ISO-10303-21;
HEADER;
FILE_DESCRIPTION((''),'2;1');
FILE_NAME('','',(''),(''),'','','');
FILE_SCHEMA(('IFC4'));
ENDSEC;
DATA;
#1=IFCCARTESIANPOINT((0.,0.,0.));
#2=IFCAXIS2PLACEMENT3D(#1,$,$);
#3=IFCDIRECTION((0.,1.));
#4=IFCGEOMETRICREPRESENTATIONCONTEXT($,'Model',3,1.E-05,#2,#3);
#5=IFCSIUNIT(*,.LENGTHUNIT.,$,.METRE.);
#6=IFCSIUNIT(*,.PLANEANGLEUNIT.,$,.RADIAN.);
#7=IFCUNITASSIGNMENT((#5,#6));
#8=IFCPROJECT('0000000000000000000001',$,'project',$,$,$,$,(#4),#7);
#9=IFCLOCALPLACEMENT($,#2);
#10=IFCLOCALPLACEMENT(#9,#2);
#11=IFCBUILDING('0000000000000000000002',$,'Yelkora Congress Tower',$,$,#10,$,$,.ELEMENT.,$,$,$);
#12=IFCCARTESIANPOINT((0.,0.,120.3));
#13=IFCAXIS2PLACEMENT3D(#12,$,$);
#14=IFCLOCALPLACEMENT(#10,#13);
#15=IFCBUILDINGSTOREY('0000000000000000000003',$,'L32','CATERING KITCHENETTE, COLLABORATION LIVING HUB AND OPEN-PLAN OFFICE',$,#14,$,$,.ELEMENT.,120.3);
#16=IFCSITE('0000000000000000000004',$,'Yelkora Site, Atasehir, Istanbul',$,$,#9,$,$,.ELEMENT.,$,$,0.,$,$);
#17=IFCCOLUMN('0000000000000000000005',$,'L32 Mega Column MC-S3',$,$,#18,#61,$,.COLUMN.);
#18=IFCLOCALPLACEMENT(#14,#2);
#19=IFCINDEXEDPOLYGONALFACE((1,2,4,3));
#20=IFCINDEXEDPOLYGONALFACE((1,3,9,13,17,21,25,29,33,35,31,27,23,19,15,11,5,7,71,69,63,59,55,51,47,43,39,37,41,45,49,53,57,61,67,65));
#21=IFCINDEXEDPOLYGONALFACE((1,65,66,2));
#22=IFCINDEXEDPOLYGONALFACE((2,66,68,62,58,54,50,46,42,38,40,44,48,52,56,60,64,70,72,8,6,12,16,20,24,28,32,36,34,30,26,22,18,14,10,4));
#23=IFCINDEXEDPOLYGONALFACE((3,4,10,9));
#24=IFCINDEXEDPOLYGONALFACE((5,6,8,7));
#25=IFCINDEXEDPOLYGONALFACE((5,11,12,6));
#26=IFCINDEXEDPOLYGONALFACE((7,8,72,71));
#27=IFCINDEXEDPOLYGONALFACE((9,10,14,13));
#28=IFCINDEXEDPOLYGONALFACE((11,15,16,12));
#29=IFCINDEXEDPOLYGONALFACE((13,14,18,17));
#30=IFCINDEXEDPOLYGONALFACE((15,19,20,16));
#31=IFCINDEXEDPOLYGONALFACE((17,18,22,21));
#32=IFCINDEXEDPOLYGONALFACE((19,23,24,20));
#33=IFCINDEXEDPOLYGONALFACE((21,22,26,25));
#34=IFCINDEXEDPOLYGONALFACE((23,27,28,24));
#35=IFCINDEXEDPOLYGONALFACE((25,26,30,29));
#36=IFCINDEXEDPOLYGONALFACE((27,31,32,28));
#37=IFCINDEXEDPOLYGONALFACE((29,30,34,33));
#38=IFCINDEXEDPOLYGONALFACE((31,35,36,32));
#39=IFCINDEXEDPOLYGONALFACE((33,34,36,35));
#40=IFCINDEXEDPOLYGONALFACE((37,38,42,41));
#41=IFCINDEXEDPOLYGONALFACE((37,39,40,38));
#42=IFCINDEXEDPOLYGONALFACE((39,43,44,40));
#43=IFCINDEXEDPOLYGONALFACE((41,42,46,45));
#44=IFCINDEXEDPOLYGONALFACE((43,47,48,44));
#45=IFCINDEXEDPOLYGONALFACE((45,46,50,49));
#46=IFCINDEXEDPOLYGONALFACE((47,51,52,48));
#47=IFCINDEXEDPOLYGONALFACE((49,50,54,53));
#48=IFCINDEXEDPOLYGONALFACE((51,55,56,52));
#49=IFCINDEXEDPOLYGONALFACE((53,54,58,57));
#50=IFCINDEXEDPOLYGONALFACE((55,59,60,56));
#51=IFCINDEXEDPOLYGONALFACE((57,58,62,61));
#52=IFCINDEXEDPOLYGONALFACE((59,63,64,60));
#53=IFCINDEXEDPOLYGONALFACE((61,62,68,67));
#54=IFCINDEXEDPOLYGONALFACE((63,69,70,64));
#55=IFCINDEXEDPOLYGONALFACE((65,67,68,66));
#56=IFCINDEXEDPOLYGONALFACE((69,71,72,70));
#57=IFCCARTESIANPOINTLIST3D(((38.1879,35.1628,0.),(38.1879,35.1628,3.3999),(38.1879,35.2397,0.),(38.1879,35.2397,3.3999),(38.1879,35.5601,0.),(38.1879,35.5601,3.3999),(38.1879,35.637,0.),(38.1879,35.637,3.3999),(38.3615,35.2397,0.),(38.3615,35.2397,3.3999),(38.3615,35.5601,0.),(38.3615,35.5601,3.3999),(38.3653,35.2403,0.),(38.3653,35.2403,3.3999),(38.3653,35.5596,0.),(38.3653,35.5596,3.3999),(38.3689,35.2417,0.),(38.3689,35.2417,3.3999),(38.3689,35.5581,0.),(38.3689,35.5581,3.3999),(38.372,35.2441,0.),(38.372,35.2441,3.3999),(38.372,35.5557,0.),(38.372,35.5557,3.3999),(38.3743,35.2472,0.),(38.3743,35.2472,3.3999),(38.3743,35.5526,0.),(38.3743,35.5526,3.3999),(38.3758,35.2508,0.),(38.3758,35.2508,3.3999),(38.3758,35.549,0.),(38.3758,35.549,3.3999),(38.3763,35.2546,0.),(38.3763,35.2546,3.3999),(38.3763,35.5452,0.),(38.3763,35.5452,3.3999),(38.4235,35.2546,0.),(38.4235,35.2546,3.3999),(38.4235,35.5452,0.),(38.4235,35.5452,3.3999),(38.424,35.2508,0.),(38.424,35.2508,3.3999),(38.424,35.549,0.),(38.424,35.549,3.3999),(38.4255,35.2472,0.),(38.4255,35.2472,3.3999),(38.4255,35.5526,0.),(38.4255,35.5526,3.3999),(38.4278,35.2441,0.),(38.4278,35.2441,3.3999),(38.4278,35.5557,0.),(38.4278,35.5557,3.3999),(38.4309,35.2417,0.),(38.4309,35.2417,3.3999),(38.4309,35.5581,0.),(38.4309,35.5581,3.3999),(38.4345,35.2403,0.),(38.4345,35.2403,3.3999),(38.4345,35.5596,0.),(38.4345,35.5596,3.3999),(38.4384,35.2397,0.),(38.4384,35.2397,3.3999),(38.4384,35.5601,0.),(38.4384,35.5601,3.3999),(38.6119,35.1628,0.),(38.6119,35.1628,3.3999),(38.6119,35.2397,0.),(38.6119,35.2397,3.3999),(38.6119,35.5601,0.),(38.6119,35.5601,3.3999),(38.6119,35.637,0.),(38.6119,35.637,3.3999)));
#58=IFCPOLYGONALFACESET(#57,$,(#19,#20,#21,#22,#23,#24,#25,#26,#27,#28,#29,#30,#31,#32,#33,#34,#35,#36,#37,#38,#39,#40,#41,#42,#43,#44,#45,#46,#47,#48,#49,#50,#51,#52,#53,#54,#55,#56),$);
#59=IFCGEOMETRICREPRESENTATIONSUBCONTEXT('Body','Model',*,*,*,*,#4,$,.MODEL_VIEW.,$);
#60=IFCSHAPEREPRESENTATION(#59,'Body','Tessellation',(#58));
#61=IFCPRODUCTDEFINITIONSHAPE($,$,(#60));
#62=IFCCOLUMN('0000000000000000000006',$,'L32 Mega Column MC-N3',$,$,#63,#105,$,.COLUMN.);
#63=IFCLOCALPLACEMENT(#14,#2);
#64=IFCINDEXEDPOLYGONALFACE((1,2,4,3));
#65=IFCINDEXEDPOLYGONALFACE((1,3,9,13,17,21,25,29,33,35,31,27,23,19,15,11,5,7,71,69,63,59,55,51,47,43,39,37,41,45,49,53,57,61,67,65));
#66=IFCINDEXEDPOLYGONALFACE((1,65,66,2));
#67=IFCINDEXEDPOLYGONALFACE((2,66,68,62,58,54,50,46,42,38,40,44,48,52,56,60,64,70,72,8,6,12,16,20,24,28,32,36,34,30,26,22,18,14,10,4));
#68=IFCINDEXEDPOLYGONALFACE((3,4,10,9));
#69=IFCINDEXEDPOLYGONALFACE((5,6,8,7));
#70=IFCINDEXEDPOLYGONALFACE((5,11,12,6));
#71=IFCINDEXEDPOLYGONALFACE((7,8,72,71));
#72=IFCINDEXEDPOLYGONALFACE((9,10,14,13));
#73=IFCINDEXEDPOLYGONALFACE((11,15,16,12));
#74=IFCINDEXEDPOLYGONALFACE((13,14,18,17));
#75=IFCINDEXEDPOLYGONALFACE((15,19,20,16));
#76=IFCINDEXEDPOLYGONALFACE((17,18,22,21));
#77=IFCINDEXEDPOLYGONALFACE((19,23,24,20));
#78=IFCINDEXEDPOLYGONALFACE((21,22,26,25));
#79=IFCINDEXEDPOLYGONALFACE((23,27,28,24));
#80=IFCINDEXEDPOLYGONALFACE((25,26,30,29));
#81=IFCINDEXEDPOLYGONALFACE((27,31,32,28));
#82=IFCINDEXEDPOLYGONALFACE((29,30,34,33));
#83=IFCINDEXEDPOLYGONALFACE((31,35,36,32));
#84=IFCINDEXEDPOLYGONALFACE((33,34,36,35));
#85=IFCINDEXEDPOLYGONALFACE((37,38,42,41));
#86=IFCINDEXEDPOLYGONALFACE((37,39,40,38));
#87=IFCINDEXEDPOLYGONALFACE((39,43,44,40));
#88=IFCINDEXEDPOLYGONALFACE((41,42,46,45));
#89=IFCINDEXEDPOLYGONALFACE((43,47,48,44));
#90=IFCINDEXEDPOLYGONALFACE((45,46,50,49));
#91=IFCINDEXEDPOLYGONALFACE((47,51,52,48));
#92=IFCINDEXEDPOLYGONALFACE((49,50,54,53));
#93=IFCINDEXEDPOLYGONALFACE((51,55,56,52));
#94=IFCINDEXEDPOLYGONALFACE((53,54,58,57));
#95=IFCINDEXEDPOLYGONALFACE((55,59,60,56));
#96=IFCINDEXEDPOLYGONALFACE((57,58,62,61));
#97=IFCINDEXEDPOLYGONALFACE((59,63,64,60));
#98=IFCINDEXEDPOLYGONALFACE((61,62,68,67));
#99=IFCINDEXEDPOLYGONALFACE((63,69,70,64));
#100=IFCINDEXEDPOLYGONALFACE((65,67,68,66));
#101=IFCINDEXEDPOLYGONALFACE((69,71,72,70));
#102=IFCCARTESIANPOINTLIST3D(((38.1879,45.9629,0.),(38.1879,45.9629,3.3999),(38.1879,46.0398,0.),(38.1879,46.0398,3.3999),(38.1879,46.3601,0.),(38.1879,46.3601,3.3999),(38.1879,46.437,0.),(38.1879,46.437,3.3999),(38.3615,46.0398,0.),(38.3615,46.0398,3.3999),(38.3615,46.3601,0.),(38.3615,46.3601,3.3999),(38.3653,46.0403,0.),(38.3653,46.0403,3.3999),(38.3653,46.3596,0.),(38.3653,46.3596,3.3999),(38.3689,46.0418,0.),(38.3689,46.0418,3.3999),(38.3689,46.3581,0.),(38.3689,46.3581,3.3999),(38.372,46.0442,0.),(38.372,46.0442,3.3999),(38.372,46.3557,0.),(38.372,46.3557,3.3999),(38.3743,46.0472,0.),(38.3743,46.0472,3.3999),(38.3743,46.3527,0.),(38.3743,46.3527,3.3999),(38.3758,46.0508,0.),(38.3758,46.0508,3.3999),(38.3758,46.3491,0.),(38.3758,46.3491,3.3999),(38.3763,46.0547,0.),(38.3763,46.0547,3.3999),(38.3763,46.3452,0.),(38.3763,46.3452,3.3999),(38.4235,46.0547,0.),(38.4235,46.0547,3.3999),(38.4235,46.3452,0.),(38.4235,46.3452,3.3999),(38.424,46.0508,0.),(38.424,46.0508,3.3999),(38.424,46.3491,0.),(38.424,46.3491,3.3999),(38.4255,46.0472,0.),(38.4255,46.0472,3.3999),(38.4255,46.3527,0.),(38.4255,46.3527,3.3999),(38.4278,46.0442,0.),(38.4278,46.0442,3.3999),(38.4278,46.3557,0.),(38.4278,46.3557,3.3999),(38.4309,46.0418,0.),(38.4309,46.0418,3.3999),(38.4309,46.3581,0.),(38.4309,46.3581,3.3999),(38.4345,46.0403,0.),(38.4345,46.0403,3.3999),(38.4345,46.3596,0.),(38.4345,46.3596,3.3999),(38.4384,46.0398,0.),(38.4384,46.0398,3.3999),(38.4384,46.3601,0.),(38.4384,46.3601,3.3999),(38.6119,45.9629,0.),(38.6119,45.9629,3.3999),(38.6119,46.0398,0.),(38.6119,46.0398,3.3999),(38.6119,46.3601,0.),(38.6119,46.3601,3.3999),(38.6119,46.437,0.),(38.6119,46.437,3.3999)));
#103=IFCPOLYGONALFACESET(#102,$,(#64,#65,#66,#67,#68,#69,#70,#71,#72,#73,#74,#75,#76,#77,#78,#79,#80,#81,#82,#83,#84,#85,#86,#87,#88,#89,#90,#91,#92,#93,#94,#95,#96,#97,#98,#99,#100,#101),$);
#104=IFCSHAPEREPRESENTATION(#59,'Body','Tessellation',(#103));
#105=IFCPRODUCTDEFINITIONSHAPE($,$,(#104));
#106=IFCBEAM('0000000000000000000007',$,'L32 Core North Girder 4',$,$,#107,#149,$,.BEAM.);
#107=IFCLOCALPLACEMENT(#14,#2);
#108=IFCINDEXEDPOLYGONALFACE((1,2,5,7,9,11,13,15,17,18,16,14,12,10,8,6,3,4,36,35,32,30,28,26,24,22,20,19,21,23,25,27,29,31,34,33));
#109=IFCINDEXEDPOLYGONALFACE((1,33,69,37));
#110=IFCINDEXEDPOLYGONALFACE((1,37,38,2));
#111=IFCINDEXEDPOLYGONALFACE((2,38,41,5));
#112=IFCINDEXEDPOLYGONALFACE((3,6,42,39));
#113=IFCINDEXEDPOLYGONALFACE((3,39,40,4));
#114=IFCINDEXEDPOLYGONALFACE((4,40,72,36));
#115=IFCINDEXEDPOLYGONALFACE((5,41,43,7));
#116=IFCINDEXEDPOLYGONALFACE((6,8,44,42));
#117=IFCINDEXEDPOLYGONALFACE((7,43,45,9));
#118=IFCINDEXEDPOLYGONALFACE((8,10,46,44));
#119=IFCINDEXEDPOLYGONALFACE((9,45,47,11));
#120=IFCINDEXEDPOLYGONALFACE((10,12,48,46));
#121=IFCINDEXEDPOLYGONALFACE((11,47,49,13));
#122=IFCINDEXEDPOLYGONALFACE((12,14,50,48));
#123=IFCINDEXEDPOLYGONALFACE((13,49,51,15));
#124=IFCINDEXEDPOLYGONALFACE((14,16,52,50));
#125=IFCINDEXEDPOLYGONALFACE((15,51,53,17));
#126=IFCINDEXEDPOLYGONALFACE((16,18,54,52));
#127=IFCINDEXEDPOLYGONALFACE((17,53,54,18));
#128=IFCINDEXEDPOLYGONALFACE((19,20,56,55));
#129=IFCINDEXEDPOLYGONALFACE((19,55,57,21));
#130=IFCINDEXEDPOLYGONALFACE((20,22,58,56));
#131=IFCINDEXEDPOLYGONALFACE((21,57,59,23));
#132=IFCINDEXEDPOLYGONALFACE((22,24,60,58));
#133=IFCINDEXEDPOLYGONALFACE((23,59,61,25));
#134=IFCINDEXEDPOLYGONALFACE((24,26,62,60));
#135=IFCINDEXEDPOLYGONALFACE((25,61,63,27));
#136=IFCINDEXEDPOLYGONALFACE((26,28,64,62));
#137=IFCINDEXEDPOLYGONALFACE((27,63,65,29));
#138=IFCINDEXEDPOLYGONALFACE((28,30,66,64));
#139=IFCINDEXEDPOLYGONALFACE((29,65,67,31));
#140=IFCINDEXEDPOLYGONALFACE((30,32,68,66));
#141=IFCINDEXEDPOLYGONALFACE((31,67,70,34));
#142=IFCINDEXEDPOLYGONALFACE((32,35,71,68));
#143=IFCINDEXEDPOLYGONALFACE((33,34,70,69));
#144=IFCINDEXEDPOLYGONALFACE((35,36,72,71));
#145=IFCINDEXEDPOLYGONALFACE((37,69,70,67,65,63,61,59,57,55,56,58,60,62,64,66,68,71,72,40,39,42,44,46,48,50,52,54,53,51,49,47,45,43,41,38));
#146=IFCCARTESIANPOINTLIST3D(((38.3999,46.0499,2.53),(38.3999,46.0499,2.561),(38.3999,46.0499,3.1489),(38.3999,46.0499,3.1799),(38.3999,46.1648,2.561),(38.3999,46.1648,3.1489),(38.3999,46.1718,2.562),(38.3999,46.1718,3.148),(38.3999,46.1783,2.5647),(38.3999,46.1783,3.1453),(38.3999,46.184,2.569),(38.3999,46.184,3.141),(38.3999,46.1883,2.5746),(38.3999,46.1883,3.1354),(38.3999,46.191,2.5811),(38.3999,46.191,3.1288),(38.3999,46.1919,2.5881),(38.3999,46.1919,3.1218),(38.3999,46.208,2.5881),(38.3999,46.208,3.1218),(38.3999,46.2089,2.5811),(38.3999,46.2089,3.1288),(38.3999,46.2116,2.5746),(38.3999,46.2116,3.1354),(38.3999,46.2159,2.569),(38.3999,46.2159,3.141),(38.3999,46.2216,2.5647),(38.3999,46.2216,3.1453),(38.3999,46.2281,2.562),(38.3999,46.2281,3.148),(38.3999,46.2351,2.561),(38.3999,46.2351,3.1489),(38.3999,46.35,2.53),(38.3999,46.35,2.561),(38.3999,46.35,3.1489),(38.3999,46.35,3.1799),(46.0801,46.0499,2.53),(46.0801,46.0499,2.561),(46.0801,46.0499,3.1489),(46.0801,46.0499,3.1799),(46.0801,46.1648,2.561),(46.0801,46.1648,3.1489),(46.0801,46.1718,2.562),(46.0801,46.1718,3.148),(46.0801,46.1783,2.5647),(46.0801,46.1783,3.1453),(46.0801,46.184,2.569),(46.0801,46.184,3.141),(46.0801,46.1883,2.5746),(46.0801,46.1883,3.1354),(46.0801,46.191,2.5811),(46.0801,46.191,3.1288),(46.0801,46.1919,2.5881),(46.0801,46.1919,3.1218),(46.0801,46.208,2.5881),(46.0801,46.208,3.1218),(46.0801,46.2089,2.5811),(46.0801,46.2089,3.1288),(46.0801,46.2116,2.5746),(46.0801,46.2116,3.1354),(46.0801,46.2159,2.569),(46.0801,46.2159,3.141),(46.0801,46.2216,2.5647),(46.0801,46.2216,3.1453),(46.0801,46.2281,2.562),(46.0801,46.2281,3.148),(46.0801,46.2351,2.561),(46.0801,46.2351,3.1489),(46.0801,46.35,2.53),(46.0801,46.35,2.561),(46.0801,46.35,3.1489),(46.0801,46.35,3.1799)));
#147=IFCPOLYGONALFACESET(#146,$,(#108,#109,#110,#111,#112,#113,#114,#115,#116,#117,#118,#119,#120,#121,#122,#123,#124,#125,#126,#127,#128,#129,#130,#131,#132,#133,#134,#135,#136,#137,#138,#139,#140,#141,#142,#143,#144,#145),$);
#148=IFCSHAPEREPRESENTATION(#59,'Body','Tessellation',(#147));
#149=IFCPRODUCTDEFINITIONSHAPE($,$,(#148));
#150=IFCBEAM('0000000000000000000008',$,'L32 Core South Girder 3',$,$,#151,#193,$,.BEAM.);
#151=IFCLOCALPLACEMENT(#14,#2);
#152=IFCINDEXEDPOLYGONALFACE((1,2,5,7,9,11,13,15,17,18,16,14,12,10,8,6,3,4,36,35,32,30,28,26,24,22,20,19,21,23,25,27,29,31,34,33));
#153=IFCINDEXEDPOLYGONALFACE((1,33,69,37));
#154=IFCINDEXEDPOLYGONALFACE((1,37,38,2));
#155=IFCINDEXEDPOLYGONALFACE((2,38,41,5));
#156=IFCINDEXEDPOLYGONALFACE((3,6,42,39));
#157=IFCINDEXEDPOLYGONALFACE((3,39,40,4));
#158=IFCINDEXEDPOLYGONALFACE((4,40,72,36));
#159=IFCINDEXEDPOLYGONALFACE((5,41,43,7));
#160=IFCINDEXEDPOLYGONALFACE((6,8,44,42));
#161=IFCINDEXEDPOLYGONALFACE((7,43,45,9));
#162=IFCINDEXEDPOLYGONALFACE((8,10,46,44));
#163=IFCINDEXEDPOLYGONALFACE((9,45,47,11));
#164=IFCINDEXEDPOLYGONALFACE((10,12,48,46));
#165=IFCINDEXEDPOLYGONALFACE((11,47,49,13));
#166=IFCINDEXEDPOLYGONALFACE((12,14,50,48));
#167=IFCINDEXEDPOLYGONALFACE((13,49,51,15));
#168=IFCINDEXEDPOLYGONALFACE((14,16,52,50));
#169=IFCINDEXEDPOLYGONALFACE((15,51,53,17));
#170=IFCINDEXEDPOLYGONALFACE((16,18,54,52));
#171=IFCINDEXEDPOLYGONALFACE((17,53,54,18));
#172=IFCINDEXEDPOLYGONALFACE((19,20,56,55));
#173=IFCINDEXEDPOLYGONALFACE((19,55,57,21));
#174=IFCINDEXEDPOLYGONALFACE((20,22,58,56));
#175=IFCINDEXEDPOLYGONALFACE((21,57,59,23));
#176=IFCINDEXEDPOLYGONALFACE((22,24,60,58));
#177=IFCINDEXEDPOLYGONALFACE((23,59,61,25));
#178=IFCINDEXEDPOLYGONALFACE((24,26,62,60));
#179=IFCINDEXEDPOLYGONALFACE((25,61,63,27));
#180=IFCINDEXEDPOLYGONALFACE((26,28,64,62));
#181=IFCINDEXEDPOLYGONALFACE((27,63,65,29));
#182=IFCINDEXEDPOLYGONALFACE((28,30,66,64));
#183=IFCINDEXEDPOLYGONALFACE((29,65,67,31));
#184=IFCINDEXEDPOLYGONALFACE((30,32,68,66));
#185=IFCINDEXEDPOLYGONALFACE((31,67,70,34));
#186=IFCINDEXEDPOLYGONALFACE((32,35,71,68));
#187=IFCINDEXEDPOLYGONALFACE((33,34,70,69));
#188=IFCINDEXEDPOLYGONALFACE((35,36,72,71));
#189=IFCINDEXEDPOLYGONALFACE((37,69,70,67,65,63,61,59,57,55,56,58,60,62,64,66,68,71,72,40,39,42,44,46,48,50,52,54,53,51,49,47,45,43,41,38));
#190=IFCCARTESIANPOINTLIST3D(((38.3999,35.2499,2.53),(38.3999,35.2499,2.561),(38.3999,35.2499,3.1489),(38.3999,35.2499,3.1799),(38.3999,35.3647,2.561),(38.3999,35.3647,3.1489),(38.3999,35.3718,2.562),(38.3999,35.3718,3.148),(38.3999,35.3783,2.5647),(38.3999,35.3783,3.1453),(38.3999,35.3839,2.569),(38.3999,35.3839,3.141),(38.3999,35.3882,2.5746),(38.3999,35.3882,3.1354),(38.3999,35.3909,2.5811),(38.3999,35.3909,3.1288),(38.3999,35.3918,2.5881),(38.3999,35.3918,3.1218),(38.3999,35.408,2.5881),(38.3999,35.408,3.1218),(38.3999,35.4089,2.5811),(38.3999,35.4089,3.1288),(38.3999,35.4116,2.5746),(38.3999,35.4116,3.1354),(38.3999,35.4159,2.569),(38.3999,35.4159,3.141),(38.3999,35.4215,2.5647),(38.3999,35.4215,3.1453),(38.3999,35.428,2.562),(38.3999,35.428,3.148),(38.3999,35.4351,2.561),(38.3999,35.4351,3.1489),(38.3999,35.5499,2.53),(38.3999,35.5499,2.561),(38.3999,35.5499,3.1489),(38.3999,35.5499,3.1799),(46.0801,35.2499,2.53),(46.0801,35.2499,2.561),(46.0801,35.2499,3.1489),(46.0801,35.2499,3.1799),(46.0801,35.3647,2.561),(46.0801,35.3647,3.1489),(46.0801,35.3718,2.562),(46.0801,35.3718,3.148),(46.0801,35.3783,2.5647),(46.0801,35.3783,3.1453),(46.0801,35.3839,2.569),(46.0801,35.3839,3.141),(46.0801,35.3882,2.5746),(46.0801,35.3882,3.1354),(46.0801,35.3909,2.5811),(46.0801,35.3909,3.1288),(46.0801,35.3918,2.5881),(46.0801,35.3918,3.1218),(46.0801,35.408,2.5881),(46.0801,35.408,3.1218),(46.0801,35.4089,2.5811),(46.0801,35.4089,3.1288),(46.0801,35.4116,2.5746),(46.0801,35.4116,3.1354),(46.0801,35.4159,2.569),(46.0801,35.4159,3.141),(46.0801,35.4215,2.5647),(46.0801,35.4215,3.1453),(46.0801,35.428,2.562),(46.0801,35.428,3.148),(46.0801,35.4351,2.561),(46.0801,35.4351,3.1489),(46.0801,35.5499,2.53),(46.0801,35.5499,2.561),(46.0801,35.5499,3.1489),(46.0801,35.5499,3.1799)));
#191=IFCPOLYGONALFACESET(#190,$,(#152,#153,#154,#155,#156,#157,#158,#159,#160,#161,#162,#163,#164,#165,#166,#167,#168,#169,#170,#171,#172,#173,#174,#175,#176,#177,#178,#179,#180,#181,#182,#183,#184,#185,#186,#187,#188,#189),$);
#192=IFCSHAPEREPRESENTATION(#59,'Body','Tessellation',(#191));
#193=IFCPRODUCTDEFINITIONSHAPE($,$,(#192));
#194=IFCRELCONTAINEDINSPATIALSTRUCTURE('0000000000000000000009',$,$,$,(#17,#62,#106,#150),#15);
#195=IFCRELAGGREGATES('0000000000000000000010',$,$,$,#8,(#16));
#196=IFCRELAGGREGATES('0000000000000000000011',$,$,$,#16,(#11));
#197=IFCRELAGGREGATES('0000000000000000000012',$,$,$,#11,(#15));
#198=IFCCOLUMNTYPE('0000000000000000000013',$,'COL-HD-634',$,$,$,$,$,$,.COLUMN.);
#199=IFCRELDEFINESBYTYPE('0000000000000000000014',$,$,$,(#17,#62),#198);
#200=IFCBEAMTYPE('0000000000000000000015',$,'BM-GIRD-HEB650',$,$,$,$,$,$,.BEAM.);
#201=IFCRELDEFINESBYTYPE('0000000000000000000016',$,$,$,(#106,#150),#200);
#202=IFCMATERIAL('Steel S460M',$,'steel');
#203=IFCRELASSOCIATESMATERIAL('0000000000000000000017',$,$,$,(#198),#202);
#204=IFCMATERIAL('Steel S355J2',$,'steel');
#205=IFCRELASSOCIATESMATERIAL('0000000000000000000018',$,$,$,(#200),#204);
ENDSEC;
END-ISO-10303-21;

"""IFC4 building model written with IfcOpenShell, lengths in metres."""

from ifc_helpers import new_model, si_unit, direction, frame, origin, origin_2d, place, context, subcontext, project, spatial, i_section, extrude, material, material_profile, profile_set, type_object, element, save


model = new_model("IFC4")

# Units and contexts
model_context = context("Model", 3, precision=1e-05, world=origin(), true_north=direction((0.0, 1.0)))
body_context = subcontext(model_context, "Body", "Model", "MODEL_VIEW")
ifc_project = project(units=[si_unit("LENGTHUNIT", "METRE"), si_unit("PLANEANGLEUNIT", "RADIAN")], contexts=[model_context])

# Site, building, storey
site_placement = place(None, origin())
site = spatial("IfcSite", under=ifc_project, at=site_placement, Name="Yelkora Site, Atasehir, Istanbul", CompositionType="ELEMENT", RefElevation=0.0)
building_placement = place(site_placement, origin())
building = spatial("IfcBuilding", under=site, at=building_placement, Name="Yelkora Congress Tower", CompositionType="ELEMENT")
storey_placement = place(building_placement, frame((0.0, 0.0, 120.3)))
storey = spatial("IfcBuildingStorey", under=building, at=storey_placement, Name="L32", Description="CATERING KITCHENETTE, COLLABORATION LIVING HUB AND OPEN-PLAN OFFICE", CompositionType="ELEMENT", Elevation=120.3)

# Columns
ifc_material_1 = material(Name="Steel S460M", Category="steel")
ifc_material_profile_1 = material_profile(ifc_material_1, i_section(OverallWidth=0.4241, OverallDepth=0.4741, WebThickness=0.0471, FlangeThickness=0.0769, FilletRadius=0.0149, at=origin_2d()), Name="HD 400x634")
ifc_profile_set_1 = profile_set([ifc_material_profile_1], Name="Steel S460M")
column_type = type_object("IfcColumnType", Name="COL-HD-634", PredefinedType="COLUMN", material=ifc_profile_set_1)
for number, where, z_axis, x_axis, name in (
    (1, (38.3999, 35.3999, 0.0), (0.0, 0.0, 1.0), (1.0, 0.0, 0.0), "L32 Mega Column MC-S3"),
    (2, (38.3999, 46.2, 0.0), (0.0, 0.0, 1.0), (1.0, 0.0, 0.0), "L32 Mega Column MC-N3"),
):
    element("IfcColumn", number, at=place(storey_placement, frame(where, z_axis=z_axis, x_axis=x_axis)), inside=storey, type_object=column_type, Name=name, PredefinedType="COLUMN", context=body_context, shape_type="SweptSolid", body=[
        extrude(i_section(OverallWidth=0.4241, OverallDepth=0.4741, WebThickness=0.0471, FlangeThickness=0.0769, FilletRadius=0.0149, at=origin_2d()), origin(), (0.0, 0.0, 1.0), 3.3999),
    ])

# Beams
ifc_material_2 = material(Name="Steel S355J2", Category="steel")
ifc_material_profile_2 = material_profile(ifc_material_2, i_section(OverallWidth=0.3, OverallDepth=0.6499, WebThickness=0.0161, FlangeThickness=0.031, FilletRadius=0.0271, at=origin_2d()), Name="HEB 650")
ifc_profile_set_2 = profile_set([ifc_material_profile_2], Name="Steel S355J2")
beam_type = type_object("IfcBeamType", Name="BM-GIRD-HEB650", PredefinedType="BEAM", material=ifc_profile_set_2)
for number, where, z_axis, x_axis, name in (
    (3, (38.3999, 46.2, 2.855), (1.0, 0.0, 0.0), (0.0, 1.0, 0.0), "L32 Core North Girder 4"),
    (4, (38.3999, 35.3999, 2.855), (1.0, 0.0, 0.0), (0.0, 1.0, 0.0), "L32 Core South Girder 3"),
):
    element("IfcBeam", number, at=place(storey_placement, frame(where, z_axis=z_axis, x_axis=x_axis)), inside=storey, type_object=beam_type, Name=name, PredefinedType="BEAM", context=body_context, shape_type="SweptSolid", body=[
        extrude(i_section(OverallWidth=0.3, OverallDepth=0.6499, WebThickness=0.0161, FlangeThickness=0.031, FilletRadius=0.0271, at=origin_2d()), origin(), (0.0, 0.0, 1.0), 7.6802),
    ])

save(model, "model.ifc")
